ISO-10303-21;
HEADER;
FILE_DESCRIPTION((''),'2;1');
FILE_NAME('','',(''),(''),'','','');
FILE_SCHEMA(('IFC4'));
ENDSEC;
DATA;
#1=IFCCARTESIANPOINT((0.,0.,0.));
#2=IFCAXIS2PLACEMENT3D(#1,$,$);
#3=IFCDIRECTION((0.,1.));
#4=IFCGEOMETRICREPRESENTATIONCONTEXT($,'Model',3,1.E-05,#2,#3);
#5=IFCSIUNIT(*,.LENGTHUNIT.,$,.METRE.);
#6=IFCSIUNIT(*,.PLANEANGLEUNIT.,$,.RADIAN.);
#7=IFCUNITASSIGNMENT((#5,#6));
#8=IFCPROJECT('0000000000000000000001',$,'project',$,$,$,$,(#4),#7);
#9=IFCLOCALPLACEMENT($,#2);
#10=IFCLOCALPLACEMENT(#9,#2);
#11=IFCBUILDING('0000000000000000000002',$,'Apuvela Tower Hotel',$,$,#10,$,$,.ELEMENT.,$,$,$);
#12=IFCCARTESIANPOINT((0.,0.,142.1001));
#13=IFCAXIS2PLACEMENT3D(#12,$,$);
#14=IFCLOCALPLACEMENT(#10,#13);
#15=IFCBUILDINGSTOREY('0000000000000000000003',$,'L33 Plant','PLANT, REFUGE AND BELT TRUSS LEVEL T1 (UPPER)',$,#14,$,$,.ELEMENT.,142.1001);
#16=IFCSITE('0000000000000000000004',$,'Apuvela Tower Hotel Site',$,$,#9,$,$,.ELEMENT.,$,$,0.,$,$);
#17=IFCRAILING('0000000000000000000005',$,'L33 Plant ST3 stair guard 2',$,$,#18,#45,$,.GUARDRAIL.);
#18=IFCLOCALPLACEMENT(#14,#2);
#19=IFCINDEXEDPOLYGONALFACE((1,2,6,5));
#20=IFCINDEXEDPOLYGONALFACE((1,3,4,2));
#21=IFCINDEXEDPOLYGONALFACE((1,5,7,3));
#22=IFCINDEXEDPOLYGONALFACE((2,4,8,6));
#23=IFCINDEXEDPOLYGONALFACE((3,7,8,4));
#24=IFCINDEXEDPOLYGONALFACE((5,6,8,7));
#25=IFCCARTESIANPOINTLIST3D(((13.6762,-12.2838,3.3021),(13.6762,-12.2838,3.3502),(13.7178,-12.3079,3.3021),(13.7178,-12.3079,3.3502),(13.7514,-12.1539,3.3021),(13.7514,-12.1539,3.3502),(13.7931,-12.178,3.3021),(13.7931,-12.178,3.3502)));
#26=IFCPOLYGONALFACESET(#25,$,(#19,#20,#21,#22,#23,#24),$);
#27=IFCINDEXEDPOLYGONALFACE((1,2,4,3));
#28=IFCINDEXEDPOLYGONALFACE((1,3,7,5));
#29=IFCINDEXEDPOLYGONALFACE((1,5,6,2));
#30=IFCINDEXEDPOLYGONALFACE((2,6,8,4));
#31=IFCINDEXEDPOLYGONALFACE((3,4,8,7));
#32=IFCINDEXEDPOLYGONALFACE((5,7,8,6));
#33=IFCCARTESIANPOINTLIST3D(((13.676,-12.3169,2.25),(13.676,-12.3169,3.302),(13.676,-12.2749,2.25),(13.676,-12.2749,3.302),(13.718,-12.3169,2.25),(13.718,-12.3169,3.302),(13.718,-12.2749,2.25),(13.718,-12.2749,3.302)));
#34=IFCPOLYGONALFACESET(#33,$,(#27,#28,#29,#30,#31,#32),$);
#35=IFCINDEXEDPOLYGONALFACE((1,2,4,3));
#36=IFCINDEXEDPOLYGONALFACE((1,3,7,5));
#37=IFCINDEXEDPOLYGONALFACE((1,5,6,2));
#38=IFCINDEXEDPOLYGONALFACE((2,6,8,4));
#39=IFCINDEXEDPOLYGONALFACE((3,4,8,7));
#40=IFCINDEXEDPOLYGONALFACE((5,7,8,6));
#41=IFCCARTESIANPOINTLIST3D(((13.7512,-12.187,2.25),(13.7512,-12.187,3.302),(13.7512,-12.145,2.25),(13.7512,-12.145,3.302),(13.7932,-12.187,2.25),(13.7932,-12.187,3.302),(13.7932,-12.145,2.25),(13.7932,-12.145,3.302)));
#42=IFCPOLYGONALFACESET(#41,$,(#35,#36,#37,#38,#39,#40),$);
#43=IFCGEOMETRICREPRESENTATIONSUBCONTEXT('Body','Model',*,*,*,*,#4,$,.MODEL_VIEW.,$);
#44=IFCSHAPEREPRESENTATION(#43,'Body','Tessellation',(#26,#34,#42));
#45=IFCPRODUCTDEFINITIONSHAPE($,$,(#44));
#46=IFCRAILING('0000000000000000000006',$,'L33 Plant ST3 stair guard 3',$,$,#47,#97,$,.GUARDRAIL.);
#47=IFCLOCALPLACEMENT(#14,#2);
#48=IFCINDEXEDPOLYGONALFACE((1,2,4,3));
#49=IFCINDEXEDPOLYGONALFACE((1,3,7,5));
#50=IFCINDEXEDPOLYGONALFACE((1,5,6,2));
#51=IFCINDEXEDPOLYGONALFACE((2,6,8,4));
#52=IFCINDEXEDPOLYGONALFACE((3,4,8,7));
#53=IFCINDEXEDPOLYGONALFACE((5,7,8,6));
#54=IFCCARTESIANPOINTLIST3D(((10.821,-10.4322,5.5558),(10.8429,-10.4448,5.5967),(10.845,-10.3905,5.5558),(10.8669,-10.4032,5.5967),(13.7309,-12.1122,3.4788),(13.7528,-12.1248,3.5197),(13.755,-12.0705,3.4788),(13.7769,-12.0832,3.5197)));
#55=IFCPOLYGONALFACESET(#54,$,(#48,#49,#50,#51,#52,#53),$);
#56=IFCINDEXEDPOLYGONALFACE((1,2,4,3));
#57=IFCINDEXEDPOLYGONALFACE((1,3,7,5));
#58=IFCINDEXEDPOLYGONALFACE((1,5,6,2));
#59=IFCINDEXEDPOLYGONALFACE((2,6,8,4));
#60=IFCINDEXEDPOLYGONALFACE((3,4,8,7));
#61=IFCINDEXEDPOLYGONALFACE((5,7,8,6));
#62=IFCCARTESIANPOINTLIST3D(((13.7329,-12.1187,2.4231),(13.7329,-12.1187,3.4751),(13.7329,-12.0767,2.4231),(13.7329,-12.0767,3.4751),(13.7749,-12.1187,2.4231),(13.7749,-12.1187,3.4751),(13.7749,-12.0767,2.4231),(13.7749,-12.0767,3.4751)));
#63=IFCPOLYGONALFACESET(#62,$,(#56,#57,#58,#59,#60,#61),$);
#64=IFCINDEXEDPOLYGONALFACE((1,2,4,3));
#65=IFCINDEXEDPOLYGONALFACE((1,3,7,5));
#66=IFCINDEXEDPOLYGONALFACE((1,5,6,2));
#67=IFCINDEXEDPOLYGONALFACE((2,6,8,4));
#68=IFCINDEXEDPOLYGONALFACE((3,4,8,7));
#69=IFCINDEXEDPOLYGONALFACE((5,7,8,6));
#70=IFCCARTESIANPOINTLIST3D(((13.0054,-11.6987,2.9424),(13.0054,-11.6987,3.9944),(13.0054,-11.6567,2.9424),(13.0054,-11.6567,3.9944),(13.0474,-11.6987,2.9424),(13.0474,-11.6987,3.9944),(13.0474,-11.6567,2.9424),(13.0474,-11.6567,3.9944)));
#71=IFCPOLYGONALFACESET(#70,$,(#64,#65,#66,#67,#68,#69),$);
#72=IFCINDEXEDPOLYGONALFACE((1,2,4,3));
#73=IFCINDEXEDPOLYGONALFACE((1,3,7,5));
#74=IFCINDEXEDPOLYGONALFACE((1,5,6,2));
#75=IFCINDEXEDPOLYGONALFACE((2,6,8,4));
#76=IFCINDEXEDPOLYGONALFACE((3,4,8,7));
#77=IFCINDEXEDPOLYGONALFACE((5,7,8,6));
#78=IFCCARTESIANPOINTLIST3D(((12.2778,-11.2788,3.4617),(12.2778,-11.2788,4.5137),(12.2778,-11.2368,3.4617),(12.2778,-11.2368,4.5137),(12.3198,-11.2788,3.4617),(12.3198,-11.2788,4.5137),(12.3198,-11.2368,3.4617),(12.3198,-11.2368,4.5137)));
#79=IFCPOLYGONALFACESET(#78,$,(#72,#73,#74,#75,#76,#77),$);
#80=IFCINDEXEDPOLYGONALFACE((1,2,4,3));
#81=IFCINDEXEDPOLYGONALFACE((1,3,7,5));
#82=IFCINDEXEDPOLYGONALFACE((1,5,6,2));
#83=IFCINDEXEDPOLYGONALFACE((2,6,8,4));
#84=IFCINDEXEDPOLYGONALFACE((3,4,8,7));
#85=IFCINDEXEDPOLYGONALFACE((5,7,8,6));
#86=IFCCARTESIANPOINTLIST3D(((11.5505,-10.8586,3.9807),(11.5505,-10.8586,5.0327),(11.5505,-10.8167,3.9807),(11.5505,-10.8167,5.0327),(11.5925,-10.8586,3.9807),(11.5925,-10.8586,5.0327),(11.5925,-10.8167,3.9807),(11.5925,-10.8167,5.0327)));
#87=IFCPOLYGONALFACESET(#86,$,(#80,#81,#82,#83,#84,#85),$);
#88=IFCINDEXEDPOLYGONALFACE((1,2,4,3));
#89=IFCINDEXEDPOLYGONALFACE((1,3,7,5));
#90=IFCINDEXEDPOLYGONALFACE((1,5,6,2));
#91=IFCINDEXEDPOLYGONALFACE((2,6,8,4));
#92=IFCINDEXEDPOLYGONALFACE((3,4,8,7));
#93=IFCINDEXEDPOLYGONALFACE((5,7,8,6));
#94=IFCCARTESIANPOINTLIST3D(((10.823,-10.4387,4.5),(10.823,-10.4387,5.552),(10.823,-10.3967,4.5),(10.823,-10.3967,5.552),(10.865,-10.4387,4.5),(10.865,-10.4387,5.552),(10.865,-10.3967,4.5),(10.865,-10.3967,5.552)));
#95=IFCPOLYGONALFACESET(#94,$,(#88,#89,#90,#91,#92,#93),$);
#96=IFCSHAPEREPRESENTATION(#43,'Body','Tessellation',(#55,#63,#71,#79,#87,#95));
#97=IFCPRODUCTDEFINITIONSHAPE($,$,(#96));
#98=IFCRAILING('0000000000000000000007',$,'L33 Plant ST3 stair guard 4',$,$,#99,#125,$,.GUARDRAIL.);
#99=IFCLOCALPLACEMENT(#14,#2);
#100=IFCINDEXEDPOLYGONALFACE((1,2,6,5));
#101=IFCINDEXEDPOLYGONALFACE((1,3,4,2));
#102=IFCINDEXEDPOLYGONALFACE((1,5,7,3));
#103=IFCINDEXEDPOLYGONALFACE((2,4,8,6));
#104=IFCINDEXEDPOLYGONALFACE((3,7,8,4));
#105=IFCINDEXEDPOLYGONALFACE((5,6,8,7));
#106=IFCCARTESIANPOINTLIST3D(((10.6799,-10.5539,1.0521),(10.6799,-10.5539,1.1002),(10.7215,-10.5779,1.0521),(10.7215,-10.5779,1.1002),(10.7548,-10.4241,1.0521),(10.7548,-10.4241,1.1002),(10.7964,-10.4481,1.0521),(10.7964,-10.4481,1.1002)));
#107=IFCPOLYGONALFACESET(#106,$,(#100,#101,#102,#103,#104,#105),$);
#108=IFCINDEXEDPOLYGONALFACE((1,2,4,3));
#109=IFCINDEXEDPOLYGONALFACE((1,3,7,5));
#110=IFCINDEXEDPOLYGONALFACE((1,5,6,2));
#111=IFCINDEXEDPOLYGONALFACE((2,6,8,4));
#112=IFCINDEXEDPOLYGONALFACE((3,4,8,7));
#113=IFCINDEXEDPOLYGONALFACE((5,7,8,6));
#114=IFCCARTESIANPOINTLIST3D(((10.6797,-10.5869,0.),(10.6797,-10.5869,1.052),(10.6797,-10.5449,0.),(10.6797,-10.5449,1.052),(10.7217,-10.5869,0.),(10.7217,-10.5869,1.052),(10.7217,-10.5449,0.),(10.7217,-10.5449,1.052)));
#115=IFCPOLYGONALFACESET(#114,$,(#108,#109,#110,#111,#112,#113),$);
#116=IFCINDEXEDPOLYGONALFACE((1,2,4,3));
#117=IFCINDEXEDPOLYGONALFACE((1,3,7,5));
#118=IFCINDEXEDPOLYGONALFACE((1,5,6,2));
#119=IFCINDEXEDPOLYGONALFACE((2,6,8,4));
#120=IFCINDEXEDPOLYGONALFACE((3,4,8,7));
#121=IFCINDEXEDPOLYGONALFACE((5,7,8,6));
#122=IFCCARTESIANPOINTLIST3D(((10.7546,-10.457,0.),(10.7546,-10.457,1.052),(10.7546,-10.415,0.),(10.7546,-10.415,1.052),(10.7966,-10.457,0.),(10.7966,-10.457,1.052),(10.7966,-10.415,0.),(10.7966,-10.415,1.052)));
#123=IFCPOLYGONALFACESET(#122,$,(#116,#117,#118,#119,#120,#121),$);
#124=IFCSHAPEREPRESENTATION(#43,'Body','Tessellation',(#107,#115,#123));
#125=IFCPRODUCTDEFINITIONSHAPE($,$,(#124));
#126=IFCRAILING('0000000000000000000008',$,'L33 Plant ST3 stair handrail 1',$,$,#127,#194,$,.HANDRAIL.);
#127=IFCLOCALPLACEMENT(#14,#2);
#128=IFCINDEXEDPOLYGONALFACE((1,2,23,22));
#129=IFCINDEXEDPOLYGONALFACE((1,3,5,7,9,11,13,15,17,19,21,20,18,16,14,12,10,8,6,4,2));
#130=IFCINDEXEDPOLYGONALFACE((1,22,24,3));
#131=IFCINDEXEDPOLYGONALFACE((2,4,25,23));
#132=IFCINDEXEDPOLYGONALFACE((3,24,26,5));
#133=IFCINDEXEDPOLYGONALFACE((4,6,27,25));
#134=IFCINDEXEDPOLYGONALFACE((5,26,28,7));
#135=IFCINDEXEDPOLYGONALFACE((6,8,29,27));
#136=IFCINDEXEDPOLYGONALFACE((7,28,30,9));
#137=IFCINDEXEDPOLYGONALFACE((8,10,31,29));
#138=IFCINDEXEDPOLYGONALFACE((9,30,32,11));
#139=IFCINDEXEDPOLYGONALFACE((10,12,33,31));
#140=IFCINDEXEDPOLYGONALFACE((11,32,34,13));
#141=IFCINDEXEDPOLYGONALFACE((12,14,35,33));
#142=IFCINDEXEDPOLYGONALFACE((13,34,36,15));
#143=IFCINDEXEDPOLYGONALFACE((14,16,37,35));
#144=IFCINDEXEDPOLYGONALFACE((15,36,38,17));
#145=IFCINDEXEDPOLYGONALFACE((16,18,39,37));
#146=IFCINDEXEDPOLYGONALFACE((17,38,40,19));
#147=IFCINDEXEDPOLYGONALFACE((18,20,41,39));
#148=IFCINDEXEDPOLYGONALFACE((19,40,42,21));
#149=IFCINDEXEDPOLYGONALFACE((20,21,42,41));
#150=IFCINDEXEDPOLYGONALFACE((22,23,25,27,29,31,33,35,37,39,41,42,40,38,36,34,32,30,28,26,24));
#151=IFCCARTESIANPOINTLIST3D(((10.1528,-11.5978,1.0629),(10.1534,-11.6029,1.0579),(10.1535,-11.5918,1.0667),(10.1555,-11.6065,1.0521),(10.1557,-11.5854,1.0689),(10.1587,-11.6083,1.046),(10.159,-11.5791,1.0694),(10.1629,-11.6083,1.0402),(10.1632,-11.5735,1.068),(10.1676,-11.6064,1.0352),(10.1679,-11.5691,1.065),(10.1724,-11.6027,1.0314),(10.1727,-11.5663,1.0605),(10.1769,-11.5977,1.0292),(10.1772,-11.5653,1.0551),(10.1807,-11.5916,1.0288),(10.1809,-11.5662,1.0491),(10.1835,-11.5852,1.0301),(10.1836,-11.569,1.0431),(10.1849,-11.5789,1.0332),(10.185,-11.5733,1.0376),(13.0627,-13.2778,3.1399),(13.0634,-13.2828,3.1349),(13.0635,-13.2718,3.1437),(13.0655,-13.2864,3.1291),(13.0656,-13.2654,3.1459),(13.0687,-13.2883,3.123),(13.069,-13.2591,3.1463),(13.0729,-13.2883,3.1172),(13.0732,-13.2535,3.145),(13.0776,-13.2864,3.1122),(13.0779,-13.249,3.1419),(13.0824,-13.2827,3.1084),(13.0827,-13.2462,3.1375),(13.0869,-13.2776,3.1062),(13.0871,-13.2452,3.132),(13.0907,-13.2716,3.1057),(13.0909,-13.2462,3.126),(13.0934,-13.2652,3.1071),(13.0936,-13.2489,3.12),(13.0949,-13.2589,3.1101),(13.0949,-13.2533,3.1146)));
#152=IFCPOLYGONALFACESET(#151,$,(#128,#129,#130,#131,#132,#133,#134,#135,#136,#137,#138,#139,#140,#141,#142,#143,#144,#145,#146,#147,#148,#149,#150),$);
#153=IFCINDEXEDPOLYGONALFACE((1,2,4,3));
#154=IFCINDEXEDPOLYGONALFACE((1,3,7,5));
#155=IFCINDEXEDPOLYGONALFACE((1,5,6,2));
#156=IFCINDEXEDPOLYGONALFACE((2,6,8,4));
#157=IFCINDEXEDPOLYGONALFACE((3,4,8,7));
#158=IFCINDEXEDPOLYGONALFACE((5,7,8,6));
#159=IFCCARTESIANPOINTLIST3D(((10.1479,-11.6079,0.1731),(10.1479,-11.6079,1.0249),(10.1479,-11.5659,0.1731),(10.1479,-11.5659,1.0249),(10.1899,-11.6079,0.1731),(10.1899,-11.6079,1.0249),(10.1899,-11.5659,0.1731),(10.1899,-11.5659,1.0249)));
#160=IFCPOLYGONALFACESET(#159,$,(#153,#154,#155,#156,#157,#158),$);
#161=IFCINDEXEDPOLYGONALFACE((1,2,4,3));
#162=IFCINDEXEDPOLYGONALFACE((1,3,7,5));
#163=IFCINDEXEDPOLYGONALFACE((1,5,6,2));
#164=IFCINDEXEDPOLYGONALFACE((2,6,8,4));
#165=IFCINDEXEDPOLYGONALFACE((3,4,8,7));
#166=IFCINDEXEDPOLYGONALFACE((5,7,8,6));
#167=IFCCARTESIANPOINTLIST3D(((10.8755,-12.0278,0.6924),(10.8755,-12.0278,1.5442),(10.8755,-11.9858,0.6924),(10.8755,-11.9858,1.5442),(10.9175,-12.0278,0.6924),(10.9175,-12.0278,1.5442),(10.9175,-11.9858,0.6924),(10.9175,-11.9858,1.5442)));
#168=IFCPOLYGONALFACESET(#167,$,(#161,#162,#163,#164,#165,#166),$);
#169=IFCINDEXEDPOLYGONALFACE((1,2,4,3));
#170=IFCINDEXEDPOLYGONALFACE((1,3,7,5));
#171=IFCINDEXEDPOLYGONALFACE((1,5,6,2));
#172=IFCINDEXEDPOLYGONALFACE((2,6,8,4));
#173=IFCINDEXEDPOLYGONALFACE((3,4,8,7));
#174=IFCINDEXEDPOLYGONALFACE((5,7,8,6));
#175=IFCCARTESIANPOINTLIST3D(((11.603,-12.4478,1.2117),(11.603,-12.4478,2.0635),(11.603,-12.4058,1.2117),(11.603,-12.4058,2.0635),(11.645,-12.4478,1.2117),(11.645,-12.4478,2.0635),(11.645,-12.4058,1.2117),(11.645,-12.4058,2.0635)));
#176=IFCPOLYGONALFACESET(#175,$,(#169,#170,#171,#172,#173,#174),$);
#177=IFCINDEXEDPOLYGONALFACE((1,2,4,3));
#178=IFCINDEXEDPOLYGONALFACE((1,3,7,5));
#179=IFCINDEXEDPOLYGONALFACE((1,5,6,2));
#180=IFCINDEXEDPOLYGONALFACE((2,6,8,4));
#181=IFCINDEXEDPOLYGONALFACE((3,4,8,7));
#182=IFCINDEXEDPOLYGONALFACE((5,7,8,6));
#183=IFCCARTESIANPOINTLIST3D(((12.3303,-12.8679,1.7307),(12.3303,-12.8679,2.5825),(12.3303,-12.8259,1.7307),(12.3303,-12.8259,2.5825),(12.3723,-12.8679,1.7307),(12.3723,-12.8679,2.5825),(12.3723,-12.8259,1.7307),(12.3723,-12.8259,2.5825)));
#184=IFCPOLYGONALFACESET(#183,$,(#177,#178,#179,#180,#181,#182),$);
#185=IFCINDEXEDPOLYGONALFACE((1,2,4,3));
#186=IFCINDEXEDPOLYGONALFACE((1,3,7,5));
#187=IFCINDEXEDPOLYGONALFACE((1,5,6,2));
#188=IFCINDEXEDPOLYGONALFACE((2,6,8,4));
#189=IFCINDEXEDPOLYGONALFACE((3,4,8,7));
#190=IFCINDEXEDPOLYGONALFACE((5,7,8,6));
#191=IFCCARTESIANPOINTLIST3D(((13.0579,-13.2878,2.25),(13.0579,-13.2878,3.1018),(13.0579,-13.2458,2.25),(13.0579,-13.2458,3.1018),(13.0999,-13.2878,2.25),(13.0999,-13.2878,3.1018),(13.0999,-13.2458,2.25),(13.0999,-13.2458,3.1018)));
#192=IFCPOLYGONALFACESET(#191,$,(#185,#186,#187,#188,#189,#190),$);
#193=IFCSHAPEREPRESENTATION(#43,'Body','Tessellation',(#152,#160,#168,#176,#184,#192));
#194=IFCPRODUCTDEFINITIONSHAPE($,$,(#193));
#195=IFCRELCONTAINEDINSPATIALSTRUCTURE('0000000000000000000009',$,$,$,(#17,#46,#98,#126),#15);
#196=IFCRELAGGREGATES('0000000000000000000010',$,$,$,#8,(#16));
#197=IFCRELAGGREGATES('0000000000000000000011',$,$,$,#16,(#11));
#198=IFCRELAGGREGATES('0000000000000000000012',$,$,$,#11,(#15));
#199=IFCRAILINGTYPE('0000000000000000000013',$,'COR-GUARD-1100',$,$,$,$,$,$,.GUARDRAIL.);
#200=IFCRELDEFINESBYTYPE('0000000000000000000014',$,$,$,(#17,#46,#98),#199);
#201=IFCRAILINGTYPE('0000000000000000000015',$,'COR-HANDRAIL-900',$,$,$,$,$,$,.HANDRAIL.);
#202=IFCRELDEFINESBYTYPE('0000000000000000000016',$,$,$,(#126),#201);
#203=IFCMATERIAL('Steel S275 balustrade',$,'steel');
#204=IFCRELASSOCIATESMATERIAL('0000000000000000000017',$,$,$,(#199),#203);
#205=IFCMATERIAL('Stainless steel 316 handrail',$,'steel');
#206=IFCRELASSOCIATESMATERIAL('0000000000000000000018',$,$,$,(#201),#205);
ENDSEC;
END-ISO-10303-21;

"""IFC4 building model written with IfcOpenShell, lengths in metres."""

from ifc_helpers import new_model, si_unit, direction, frame, origin, origin_2d, place, context, subcontext, project, spatial, rectangle, circle, extrude, material, type_object, element, save


model = new_model("IFC4")

# Units and contexts
model_context = context("Model", 3, precision=1e-05, world=origin(), true_north=direction((0.0, 1.0)))
body_context = subcontext(model_context, "Body", "Model", "MODEL_VIEW")
ifc_project = project(units=[si_unit("LENGTHUNIT", "METRE"), si_unit("PLANEANGLEUNIT", "RADIAN")], contexts=[model_context])

# Site, building, storey
site_placement = place(None, origin())
site = spatial("IfcSite", under=ifc_project, at=site_placement, Name="Apuvela Tower Hotel Site", CompositionType="ELEMENT", RefElevation=0.0)
building_placement = place(site_placement, origin())
building = spatial("IfcBuilding", under=site, at=building_placement, Name="Apuvela Tower Hotel", CompositionType="ELEMENT")
storey_placement = place(building_placement, frame((0.0, 0.0, 142.1001)))
storey = spatial("IfcBuildingStorey", under=building, at=storey_placement, Name="L33 Plant", Description="PLANT, REFUGE AND BELT TRUSS LEVEL T1 (UPPER)", CompositionType="ELEMENT", Elevation=142.1001)

# Railings
ifc_material_1 = material(Name="Steel S275 balustrade", Category="steel")
railing_type_1 = type_object("IfcRailingType", Name="COR-GUARD-1100", PredefinedType="GUARDRAIL", material=ifc_material_1)
railing_1_placement = place(storey_placement, frame((13.697, -12.2959, 2.25)))
element("IfcRailing", 1, at=railing_1_placement, inside=storey, type_object=railing_type_1, Name="L33 Plant ST3 stair guard 2", PredefinedType="GUARDRAIL", context=body_context, shape_type="SweptSolid", body=[
    extrude(rectangle(XDim=0.0481, YDim=0.0481, at=origin_2d()), frame((0.0, 0.0, 1.0762), z_axis=(0.501036, 0.865426, 0.0), x_axis=(-0.865426, 0.501036, 0.0)), (0.0, 0.0, 1.0), 0.1501),
    extrude(rectangle(XDim=0.042, YDim=0.042, at=origin_2d()), origin(), (0.0, 0.0, 1.0), 1.052),
    extrude(rectangle(XDim=0.042, YDim=0.042, at=origin_2d()), frame((0.0752, 0.1299, 0.0)), (0.0, 0.0, 1.0), 1.052),
])
railing_2_placement = place(storey_placement, frame((13.7539, -12.0977, 2.4231)))
element("IfcRailing", 2, at=railing_2_placement, inside=storey, type_object=railing_type_1, Name="L33 Plant ST3 stair guard 3", PredefinedType="GUARDRAIL", context=body_context, shape_type="SweptSolid", body=[
    extrude(rectangle(XDim=0.0481, YDim=0.0481, at=origin_2d()), frame((0.0, 0.0, 1.0762), z_axis=(-0.736668, 0.425288, 0.525785), x_axis=(-0.499976, -0.866039, 0.0)), (0.0, 0.0, 1.0), 3.9502),
    extrude(rectangle(XDim=0.042, YDim=0.042, at=origin_2d()), origin(), (0.0, 0.0, 1.0), 1.052),
    extrude(rectangle(XDim=0.042, YDim=0.042, at=origin_2d()), frame((-0.7275, 0.4199, 0.5193)), (0.0, 0.0, 1.0), 1.052),
    extrude(rectangle(XDim=0.042, YDim=0.042, at=origin_2d()), frame((-1.4551, 0.8398, 1.0386)), (0.0, 0.0, 1.0), 1.052),
    extrude(rectangle(XDim=0.042, YDim=0.042, at=origin_2d()), frame((-2.1824, 1.26, 1.5576)), (0.0, 0.0, 1.0), 1.052),
    extrude(rectangle(XDim=0.042, YDim=0.042, at=origin_2d()), frame((-2.9099, 1.6799, 2.0769)), (0.0, 0.0, 1.0), 1.052),
])
railing_3_placement = place(storey_placement, frame((10.7007, -10.5659, 0.0)))
element("IfcRailing", 3, at=railing_3_placement, inside=storey, type_object=railing_type_1, Name="L33 Plant ST3 stair guard 4", PredefinedType="GUARDRAIL", context=body_context, shape_type="SweptSolid", body=[
    extrude(rectangle(XDim=0.0481, YDim=0.0481, at=origin_2d()), frame((0.0, 0.0, 1.0762), z_axis=(0.499816, 0.866131, 0.0), x_axis=(-0.866131, 0.499816, 0.0)), (0.0, 0.0, 1.0), 0.1499),
    extrude(rectangle(XDim=0.042, YDim=0.042, at=origin_2d()), origin(), (0.0, 0.0, 1.0), 1.052),
    extrude(rectangle(XDim=0.042, YDim=0.042, at=origin_2d()), frame((0.075, 0.1299, 0.0)), (0.0, 0.0, 1.0), 1.052),
])
ifc_material_2 = material(Name="Stainless steel 316 handrail", Category="steel")
railing_type_2 = type_object("IfcRailingType", Name="COR-HANDRAIL-900", PredefinedType="HANDRAIL", material=ifc_material_2)
railing_4_placement = place(storey_placement, frame((10.1689, -11.5869, 0.1731)))
element("IfcRailing", 4, at=railing_4_placement, inside=storey, type_object=railing_type_2, Name="L33 Plant ST3 stair handrail 1", PredefinedType="HANDRAIL", context=body_context, shape_type="SweptSolid", body=[
    extrude(circle(Radius=0.0239, at=origin_2d()), frame((0.0, 0.0, 0.876), z_axis=(0.736668, -0.425288, 0.525785), x_axis=(0.499976, 0.866039, 0.0)), (0.0, 0.0, 1.0), 3.9502),
    extrude(rectangle(XDim=0.042, YDim=0.042, at=origin_2d()), origin(), (0.0, 0.0, 1.0), 0.8518),
    extrude(rectangle(XDim=0.042, YDim=0.042, at=origin_2d()), frame((0.7275, -0.4199, 0.5193)), (0.0, 0.0, 1.0), 0.8518),
    extrude(rectangle(XDim=0.042, YDim=0.042, at=origin_2d()), frame((1.4551, -0.8398, 1.0386)), (0.0, 0.0, 1.0), 0.8518),
    extrude(rectangle(XDim=0.042, YDim=0.042, at=origin_2d()), frame((2.1824, -1.26, 1.5576)), (0.0, 0.0, 1.0), 0.8518),
    extrude(rectangle(XDim=0.042, YDim=0.042, at=origin_2d()), frame((2.9099, -1.6799, 2.0769)), (0.0, 0.0, 1.0), 0.8518),
])

save(model, "model.ifc")
